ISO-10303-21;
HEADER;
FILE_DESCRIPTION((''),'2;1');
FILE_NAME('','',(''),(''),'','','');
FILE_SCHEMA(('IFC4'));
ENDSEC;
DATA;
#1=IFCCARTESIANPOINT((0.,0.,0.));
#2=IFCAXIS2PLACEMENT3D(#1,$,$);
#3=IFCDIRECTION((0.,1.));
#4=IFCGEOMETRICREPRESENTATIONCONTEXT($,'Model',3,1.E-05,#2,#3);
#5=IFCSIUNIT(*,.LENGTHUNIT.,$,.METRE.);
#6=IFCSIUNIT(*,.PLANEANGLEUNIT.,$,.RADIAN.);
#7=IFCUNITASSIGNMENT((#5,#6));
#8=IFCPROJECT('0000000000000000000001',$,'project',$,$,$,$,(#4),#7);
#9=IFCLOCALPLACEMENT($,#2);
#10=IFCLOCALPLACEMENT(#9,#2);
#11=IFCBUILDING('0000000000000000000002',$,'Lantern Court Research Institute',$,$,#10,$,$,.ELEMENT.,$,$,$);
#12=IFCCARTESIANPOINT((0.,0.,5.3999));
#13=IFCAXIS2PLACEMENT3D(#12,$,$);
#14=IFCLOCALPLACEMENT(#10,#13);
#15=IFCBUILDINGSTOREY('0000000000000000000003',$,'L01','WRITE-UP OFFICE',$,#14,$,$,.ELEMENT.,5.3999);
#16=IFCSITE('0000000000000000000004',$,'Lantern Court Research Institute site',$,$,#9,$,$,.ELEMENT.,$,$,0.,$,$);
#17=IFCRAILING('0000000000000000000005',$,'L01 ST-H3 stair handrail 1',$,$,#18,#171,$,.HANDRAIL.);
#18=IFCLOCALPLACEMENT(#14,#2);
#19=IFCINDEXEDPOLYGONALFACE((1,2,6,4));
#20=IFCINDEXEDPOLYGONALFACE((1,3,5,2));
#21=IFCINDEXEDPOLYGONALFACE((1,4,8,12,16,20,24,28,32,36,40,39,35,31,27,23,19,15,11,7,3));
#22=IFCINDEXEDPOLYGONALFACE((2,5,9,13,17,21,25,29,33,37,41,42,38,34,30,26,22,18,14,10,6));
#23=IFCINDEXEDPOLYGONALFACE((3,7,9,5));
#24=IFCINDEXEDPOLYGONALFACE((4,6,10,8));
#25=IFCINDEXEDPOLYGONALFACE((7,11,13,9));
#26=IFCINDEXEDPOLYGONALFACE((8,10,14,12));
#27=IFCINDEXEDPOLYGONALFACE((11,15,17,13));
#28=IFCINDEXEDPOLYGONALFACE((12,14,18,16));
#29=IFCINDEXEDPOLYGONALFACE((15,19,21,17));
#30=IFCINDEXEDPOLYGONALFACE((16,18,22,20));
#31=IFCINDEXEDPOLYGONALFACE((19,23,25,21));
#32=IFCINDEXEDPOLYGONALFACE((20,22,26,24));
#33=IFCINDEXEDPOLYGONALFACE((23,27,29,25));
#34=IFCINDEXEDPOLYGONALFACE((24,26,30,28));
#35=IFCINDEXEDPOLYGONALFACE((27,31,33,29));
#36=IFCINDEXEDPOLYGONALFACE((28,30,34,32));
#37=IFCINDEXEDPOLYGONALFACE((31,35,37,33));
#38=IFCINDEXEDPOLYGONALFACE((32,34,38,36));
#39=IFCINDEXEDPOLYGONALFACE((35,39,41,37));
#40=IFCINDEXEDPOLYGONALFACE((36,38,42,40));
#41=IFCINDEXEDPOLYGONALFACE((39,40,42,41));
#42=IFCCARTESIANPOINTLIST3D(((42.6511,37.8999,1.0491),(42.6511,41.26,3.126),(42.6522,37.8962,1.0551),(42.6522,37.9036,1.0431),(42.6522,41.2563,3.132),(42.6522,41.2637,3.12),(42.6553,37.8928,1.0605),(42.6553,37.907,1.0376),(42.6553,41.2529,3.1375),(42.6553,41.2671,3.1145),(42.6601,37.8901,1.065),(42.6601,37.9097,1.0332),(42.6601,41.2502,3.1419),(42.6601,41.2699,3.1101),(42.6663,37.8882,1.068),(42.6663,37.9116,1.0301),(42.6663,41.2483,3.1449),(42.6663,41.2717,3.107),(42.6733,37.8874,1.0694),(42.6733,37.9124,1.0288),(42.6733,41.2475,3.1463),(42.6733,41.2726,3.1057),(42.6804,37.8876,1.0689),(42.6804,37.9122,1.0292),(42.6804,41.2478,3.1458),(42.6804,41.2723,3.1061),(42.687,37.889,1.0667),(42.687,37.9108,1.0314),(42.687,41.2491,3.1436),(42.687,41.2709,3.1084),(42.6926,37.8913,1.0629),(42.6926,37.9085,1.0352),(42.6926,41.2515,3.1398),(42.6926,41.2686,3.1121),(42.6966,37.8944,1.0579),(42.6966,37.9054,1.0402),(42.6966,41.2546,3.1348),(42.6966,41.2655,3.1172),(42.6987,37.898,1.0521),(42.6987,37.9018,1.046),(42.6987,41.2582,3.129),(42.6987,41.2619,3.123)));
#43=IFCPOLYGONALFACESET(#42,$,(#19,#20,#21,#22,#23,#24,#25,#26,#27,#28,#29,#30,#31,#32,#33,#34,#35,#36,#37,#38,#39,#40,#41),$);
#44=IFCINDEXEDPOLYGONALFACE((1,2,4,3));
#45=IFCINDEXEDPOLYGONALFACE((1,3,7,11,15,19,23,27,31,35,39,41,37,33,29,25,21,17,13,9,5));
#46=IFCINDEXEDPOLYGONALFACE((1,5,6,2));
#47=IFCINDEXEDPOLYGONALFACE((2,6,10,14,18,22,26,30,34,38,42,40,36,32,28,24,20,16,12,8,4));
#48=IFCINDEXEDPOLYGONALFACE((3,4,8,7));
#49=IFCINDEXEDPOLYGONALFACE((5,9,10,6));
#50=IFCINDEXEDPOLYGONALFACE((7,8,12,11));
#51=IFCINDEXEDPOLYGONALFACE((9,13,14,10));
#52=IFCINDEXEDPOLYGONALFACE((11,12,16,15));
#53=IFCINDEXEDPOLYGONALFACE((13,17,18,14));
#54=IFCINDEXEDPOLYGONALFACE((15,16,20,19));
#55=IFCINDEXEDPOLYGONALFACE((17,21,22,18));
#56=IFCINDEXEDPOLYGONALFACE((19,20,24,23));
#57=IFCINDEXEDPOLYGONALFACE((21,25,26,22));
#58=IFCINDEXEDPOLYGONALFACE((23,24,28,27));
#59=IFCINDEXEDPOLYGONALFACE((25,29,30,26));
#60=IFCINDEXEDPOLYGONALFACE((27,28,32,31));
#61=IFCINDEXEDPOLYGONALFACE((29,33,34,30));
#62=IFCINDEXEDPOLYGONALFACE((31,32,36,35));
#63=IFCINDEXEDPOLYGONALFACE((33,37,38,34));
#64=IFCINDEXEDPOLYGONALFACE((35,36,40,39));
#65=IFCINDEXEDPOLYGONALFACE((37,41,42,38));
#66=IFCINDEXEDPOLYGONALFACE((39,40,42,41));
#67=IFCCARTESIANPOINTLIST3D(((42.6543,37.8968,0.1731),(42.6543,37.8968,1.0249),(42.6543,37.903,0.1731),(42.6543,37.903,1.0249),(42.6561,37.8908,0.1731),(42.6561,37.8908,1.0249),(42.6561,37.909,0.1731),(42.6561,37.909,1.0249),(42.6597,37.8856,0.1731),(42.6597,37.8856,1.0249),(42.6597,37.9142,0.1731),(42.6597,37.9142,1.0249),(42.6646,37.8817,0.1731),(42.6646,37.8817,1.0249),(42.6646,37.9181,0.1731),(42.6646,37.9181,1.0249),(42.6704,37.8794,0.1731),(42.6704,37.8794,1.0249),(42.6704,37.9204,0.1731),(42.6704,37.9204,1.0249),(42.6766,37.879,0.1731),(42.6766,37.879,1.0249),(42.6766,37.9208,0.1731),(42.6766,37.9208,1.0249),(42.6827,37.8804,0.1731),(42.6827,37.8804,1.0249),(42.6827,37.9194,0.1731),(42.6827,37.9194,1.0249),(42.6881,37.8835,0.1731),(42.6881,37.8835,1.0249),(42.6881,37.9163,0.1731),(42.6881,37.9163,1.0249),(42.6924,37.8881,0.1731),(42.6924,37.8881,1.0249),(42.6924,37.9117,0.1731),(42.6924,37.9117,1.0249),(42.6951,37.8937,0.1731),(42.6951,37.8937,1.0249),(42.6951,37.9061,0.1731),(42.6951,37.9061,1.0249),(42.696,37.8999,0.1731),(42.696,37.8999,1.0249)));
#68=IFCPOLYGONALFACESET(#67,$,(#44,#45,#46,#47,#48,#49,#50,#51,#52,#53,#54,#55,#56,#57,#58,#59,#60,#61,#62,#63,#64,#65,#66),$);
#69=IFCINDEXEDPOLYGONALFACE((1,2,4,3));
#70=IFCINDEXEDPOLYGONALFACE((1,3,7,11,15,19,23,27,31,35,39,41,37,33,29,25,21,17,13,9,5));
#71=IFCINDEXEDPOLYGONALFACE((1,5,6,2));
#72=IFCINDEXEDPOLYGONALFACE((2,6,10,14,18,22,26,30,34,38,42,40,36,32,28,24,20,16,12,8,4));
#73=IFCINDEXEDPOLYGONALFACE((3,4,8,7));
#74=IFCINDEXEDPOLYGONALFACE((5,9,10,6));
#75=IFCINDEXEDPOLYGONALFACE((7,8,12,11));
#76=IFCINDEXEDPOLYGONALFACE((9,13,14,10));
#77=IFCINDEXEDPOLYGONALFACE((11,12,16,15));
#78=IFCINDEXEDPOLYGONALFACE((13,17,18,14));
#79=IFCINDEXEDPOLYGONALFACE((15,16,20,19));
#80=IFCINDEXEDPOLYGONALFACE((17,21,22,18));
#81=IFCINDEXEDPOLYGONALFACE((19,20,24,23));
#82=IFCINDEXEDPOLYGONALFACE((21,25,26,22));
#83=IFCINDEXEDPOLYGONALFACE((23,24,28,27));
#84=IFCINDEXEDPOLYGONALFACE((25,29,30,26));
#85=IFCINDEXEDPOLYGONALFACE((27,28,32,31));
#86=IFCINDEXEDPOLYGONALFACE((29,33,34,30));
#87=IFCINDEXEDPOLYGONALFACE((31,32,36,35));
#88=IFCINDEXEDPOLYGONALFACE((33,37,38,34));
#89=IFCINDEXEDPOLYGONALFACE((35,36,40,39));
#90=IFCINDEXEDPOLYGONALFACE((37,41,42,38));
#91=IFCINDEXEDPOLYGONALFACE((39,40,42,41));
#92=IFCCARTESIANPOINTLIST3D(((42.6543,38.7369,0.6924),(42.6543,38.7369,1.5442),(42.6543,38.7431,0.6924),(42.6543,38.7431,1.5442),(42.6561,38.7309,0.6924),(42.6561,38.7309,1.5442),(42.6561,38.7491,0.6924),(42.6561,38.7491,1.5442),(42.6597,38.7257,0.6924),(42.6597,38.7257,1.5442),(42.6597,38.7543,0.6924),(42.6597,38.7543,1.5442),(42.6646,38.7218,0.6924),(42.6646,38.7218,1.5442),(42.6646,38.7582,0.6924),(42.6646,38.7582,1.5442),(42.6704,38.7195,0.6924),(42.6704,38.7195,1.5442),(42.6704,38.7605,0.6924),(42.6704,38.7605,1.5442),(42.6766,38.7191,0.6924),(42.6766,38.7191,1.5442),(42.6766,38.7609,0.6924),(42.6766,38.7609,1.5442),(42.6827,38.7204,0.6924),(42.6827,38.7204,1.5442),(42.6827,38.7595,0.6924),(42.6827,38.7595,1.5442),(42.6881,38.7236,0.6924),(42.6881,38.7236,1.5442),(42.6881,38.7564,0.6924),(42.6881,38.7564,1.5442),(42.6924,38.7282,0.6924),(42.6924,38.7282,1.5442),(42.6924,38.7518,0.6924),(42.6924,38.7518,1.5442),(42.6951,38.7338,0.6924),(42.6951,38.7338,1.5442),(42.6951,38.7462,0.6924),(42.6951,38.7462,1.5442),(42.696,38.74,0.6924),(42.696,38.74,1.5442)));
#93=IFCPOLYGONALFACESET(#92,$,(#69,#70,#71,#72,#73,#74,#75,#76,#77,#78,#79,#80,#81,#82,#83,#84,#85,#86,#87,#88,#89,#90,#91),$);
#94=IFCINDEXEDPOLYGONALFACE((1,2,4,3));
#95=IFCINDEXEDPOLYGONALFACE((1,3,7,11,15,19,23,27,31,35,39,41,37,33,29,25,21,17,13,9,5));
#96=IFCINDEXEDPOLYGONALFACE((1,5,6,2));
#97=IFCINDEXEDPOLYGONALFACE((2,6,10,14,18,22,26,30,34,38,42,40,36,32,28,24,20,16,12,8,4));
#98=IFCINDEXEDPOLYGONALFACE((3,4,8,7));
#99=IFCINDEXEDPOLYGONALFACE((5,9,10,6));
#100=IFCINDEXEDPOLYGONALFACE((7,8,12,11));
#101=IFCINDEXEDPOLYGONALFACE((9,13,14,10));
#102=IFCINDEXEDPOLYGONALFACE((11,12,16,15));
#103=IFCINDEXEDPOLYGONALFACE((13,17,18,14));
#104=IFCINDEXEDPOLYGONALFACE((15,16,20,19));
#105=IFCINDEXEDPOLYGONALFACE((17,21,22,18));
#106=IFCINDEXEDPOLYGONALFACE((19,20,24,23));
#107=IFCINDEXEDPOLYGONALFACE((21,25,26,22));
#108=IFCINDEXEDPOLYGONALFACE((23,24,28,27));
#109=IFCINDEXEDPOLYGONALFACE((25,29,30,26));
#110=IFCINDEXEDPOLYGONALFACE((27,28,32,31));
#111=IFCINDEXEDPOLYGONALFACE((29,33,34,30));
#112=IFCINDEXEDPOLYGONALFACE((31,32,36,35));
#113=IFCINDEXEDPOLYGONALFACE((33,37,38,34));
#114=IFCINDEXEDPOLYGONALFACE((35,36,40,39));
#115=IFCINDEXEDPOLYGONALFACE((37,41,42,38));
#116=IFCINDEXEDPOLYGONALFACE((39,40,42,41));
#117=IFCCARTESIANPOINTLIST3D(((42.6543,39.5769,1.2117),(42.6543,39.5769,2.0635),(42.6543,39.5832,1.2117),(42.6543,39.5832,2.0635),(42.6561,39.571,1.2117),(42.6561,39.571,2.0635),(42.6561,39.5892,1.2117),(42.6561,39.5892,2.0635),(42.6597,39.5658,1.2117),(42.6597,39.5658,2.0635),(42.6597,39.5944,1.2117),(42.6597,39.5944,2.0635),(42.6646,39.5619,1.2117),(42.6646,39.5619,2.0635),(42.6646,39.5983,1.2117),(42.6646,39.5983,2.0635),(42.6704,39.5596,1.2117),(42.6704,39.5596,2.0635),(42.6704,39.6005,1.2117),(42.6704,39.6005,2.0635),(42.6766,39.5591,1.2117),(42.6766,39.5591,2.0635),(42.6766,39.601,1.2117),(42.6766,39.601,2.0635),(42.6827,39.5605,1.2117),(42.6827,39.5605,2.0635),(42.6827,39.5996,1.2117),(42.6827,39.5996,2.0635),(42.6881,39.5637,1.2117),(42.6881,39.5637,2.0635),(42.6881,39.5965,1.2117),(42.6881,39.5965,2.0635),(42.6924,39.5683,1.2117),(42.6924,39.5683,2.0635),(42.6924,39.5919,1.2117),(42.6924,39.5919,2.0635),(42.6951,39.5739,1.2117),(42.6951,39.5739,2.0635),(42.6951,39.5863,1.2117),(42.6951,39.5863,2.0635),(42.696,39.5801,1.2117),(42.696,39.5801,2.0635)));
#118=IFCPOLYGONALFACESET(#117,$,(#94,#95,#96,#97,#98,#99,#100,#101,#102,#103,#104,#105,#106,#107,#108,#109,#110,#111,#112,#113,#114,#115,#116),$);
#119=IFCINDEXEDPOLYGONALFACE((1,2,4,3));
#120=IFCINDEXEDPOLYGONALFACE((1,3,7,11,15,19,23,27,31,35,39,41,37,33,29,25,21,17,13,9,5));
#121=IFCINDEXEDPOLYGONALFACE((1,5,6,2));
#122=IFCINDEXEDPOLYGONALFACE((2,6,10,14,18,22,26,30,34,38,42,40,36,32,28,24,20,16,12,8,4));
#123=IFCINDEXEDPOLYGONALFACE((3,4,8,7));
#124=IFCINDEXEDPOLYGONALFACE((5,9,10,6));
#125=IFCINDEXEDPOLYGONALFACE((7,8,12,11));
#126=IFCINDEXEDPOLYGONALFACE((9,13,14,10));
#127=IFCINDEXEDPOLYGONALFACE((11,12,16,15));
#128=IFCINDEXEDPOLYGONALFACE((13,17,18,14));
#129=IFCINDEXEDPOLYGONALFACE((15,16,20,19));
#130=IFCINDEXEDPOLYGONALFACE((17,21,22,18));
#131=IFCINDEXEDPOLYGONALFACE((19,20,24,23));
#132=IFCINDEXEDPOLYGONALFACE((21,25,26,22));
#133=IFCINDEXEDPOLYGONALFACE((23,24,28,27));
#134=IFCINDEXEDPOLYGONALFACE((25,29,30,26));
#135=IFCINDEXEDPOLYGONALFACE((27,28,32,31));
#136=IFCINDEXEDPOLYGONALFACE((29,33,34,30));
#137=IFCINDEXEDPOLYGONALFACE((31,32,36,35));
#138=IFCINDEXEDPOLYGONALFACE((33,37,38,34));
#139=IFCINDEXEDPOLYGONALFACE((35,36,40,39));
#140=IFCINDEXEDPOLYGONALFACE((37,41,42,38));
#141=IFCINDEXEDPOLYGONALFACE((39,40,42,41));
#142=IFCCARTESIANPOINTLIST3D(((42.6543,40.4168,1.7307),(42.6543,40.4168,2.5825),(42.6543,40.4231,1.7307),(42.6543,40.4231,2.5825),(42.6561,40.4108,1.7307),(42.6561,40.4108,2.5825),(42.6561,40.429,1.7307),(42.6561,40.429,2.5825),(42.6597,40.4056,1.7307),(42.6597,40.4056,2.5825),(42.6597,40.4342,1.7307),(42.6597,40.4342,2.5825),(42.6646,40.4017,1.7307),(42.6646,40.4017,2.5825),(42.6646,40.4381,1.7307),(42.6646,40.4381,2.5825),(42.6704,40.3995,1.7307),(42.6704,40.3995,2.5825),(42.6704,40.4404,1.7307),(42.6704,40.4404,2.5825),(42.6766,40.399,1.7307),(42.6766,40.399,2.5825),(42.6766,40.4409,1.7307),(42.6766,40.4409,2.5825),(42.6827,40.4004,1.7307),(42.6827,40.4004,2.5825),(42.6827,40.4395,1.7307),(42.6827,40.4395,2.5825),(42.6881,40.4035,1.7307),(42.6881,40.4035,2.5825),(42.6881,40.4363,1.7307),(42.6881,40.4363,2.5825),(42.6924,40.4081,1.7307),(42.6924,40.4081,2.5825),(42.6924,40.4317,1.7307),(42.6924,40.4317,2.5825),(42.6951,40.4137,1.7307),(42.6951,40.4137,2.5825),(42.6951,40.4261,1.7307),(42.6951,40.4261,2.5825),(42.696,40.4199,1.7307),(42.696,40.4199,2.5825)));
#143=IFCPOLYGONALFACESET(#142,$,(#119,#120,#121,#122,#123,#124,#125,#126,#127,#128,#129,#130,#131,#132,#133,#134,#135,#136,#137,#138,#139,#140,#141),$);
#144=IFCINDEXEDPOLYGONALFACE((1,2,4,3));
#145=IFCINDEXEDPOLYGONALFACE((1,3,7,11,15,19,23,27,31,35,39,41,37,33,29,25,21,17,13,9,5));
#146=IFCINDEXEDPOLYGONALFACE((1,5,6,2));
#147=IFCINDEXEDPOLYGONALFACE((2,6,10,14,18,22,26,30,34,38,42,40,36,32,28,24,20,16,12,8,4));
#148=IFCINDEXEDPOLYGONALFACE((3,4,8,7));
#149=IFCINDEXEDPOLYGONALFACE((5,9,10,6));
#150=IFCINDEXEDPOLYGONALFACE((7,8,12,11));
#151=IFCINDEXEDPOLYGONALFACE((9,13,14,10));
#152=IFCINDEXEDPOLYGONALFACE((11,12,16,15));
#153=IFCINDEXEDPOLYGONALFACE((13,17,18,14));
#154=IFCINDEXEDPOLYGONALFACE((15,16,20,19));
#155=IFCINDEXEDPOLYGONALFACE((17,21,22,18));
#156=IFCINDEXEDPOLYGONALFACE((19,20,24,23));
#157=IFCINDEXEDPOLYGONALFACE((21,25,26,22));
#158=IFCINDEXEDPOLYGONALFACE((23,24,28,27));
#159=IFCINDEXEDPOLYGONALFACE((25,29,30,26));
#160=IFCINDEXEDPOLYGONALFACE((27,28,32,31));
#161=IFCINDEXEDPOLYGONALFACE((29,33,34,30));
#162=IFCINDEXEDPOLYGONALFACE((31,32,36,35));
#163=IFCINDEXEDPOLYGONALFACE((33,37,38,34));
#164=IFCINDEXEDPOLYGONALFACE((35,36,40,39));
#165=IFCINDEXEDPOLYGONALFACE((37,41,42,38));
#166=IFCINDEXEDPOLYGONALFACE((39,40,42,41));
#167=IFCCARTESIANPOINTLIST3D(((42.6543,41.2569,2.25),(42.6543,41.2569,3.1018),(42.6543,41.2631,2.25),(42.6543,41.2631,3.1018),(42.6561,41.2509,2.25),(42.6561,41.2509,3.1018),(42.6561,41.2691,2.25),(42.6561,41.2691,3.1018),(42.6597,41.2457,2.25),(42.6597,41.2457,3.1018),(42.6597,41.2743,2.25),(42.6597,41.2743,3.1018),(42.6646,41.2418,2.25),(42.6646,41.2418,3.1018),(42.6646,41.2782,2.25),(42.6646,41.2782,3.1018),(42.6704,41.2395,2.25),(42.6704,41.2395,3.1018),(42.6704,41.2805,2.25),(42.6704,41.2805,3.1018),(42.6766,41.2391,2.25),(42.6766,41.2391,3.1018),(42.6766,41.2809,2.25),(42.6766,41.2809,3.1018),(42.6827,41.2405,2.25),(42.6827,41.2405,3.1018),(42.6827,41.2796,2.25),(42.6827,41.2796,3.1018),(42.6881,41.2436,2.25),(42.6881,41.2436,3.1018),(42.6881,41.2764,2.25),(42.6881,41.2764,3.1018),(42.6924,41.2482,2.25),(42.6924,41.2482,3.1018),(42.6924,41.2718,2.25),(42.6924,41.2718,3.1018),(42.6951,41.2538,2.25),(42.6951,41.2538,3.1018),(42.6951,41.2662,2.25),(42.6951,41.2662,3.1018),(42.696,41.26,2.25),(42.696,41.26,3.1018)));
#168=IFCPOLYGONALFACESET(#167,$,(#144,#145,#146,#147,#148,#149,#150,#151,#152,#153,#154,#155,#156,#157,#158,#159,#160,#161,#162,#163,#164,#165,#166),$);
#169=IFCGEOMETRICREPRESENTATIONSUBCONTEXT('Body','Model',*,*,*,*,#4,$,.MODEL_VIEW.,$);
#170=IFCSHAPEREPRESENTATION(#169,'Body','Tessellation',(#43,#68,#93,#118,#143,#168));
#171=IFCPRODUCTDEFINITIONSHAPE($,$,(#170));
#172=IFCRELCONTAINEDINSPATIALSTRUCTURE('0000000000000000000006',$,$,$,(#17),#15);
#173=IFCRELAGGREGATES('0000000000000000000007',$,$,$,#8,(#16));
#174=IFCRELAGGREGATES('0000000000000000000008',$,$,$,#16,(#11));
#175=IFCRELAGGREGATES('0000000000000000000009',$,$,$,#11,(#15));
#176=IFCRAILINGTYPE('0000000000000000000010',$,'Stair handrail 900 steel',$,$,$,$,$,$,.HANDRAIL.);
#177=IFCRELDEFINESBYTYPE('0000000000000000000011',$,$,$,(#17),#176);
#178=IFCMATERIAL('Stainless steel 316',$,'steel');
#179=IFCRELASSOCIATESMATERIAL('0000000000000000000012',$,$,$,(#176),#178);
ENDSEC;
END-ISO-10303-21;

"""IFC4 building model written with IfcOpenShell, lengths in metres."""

from ifc_helpers import new_model, si_unit, direction, frame, origin, origin_2d, place, context, subcontext, project, spatial, circle, extrude, material, type_object, element, save


model = new_model("IFC4")

# Units and contexts
model_context = context("Model", 3, precision=1e-05, world=origin(), true_north=direction((0.0, 1.0)))
body_context = subcontext(model_context, "Body", "Model", "MODEL_VIEW")
ifc_project = project(units=[si_unit("LENGTHUNIT", "METRE"), si_unit("PLANEANGLEUNIT", "RADIAN")], contexts=[model_context])

# Site, building, storey
site_placement = place(None, origin())
site = spatial("IfcSite", under=ifc_project, at=site_placement, Name="Lantern Court Research Institute site", CompositionType="ELEMENT", RefElevation=0.0)
building_placement = place(site_placement, origin())
building = spatial("IfcBuilding", under=site, at=building_placement, Name="Lantern Court Research Institute", CompositionType="ELEMENT")
storey_placement = place(building_placement, frame((0.0, 0.0, 5.3999)))
storey = spatial("IfcBuildingStorey", under=building, at=storey_placement, Name="L01", Description="WRITE-UP OFFICE", CompositionType="ELEMENT", Elevation=5.3999)

# Railing
ifc_material_1 = material(Name="Stainless steel 316", Category="steel")
railing_type_1 = type_object("IfcRailingType", Name="Stair handrail 900 steel", PredefinedType="HANDRAIL", material=ifc_material_1)
railing_1_placement = place(storey_placement, frame((42.675, 37.8999, 0.1731)))
element("IfcRailing", 1, at=railing_1_placement, inside=storey, type_object=railing_type_1, Name="L01 ST-H3 stair handrail 1", PredefinedType="HANDRAIL", context=body_context, shape_type="SweptSolid", body=[
    extrude(circle(Radius=0.0239, at=origin_2d()), frame((0.0, 0.0, 0.876), z_axis=(0.0, 0.850623, 0.525776), x_axis=(-1.0, 0.0, 0.0)), (0.0, 0.0, 1.0), 3.9502),
    extrude(circle(Radius=0.021, at=origin_2d()), origin(), (0.0, 0.0, 1.0), 0.8518),
    extrude(circle(Radius=0.021, at=origin_2d()), frame((0.0, 0.8401, 0.5193)), (0.0, 0.0, 1.0), 0.8518),
    extrude(circle(Radius=0.021, at=origin_2d()), frame((0.0, 1.6802, 1.0386)), (0.0, 0.0, 1.0), 0.8518),
    extrude(circle(Radius=0.021, at=origin_2d()), frame((0.0, 2.52, 1.5576)), (0.0, 0.0, 1.0), 0.8518),
    extrude(circle(Radius=0.021, at=origin_2d()), frame((0.0, 3.3601, 2.0769)), (0.0, 0.0, 1.0), 0.8518),
])

save(model, "model.ifc")
